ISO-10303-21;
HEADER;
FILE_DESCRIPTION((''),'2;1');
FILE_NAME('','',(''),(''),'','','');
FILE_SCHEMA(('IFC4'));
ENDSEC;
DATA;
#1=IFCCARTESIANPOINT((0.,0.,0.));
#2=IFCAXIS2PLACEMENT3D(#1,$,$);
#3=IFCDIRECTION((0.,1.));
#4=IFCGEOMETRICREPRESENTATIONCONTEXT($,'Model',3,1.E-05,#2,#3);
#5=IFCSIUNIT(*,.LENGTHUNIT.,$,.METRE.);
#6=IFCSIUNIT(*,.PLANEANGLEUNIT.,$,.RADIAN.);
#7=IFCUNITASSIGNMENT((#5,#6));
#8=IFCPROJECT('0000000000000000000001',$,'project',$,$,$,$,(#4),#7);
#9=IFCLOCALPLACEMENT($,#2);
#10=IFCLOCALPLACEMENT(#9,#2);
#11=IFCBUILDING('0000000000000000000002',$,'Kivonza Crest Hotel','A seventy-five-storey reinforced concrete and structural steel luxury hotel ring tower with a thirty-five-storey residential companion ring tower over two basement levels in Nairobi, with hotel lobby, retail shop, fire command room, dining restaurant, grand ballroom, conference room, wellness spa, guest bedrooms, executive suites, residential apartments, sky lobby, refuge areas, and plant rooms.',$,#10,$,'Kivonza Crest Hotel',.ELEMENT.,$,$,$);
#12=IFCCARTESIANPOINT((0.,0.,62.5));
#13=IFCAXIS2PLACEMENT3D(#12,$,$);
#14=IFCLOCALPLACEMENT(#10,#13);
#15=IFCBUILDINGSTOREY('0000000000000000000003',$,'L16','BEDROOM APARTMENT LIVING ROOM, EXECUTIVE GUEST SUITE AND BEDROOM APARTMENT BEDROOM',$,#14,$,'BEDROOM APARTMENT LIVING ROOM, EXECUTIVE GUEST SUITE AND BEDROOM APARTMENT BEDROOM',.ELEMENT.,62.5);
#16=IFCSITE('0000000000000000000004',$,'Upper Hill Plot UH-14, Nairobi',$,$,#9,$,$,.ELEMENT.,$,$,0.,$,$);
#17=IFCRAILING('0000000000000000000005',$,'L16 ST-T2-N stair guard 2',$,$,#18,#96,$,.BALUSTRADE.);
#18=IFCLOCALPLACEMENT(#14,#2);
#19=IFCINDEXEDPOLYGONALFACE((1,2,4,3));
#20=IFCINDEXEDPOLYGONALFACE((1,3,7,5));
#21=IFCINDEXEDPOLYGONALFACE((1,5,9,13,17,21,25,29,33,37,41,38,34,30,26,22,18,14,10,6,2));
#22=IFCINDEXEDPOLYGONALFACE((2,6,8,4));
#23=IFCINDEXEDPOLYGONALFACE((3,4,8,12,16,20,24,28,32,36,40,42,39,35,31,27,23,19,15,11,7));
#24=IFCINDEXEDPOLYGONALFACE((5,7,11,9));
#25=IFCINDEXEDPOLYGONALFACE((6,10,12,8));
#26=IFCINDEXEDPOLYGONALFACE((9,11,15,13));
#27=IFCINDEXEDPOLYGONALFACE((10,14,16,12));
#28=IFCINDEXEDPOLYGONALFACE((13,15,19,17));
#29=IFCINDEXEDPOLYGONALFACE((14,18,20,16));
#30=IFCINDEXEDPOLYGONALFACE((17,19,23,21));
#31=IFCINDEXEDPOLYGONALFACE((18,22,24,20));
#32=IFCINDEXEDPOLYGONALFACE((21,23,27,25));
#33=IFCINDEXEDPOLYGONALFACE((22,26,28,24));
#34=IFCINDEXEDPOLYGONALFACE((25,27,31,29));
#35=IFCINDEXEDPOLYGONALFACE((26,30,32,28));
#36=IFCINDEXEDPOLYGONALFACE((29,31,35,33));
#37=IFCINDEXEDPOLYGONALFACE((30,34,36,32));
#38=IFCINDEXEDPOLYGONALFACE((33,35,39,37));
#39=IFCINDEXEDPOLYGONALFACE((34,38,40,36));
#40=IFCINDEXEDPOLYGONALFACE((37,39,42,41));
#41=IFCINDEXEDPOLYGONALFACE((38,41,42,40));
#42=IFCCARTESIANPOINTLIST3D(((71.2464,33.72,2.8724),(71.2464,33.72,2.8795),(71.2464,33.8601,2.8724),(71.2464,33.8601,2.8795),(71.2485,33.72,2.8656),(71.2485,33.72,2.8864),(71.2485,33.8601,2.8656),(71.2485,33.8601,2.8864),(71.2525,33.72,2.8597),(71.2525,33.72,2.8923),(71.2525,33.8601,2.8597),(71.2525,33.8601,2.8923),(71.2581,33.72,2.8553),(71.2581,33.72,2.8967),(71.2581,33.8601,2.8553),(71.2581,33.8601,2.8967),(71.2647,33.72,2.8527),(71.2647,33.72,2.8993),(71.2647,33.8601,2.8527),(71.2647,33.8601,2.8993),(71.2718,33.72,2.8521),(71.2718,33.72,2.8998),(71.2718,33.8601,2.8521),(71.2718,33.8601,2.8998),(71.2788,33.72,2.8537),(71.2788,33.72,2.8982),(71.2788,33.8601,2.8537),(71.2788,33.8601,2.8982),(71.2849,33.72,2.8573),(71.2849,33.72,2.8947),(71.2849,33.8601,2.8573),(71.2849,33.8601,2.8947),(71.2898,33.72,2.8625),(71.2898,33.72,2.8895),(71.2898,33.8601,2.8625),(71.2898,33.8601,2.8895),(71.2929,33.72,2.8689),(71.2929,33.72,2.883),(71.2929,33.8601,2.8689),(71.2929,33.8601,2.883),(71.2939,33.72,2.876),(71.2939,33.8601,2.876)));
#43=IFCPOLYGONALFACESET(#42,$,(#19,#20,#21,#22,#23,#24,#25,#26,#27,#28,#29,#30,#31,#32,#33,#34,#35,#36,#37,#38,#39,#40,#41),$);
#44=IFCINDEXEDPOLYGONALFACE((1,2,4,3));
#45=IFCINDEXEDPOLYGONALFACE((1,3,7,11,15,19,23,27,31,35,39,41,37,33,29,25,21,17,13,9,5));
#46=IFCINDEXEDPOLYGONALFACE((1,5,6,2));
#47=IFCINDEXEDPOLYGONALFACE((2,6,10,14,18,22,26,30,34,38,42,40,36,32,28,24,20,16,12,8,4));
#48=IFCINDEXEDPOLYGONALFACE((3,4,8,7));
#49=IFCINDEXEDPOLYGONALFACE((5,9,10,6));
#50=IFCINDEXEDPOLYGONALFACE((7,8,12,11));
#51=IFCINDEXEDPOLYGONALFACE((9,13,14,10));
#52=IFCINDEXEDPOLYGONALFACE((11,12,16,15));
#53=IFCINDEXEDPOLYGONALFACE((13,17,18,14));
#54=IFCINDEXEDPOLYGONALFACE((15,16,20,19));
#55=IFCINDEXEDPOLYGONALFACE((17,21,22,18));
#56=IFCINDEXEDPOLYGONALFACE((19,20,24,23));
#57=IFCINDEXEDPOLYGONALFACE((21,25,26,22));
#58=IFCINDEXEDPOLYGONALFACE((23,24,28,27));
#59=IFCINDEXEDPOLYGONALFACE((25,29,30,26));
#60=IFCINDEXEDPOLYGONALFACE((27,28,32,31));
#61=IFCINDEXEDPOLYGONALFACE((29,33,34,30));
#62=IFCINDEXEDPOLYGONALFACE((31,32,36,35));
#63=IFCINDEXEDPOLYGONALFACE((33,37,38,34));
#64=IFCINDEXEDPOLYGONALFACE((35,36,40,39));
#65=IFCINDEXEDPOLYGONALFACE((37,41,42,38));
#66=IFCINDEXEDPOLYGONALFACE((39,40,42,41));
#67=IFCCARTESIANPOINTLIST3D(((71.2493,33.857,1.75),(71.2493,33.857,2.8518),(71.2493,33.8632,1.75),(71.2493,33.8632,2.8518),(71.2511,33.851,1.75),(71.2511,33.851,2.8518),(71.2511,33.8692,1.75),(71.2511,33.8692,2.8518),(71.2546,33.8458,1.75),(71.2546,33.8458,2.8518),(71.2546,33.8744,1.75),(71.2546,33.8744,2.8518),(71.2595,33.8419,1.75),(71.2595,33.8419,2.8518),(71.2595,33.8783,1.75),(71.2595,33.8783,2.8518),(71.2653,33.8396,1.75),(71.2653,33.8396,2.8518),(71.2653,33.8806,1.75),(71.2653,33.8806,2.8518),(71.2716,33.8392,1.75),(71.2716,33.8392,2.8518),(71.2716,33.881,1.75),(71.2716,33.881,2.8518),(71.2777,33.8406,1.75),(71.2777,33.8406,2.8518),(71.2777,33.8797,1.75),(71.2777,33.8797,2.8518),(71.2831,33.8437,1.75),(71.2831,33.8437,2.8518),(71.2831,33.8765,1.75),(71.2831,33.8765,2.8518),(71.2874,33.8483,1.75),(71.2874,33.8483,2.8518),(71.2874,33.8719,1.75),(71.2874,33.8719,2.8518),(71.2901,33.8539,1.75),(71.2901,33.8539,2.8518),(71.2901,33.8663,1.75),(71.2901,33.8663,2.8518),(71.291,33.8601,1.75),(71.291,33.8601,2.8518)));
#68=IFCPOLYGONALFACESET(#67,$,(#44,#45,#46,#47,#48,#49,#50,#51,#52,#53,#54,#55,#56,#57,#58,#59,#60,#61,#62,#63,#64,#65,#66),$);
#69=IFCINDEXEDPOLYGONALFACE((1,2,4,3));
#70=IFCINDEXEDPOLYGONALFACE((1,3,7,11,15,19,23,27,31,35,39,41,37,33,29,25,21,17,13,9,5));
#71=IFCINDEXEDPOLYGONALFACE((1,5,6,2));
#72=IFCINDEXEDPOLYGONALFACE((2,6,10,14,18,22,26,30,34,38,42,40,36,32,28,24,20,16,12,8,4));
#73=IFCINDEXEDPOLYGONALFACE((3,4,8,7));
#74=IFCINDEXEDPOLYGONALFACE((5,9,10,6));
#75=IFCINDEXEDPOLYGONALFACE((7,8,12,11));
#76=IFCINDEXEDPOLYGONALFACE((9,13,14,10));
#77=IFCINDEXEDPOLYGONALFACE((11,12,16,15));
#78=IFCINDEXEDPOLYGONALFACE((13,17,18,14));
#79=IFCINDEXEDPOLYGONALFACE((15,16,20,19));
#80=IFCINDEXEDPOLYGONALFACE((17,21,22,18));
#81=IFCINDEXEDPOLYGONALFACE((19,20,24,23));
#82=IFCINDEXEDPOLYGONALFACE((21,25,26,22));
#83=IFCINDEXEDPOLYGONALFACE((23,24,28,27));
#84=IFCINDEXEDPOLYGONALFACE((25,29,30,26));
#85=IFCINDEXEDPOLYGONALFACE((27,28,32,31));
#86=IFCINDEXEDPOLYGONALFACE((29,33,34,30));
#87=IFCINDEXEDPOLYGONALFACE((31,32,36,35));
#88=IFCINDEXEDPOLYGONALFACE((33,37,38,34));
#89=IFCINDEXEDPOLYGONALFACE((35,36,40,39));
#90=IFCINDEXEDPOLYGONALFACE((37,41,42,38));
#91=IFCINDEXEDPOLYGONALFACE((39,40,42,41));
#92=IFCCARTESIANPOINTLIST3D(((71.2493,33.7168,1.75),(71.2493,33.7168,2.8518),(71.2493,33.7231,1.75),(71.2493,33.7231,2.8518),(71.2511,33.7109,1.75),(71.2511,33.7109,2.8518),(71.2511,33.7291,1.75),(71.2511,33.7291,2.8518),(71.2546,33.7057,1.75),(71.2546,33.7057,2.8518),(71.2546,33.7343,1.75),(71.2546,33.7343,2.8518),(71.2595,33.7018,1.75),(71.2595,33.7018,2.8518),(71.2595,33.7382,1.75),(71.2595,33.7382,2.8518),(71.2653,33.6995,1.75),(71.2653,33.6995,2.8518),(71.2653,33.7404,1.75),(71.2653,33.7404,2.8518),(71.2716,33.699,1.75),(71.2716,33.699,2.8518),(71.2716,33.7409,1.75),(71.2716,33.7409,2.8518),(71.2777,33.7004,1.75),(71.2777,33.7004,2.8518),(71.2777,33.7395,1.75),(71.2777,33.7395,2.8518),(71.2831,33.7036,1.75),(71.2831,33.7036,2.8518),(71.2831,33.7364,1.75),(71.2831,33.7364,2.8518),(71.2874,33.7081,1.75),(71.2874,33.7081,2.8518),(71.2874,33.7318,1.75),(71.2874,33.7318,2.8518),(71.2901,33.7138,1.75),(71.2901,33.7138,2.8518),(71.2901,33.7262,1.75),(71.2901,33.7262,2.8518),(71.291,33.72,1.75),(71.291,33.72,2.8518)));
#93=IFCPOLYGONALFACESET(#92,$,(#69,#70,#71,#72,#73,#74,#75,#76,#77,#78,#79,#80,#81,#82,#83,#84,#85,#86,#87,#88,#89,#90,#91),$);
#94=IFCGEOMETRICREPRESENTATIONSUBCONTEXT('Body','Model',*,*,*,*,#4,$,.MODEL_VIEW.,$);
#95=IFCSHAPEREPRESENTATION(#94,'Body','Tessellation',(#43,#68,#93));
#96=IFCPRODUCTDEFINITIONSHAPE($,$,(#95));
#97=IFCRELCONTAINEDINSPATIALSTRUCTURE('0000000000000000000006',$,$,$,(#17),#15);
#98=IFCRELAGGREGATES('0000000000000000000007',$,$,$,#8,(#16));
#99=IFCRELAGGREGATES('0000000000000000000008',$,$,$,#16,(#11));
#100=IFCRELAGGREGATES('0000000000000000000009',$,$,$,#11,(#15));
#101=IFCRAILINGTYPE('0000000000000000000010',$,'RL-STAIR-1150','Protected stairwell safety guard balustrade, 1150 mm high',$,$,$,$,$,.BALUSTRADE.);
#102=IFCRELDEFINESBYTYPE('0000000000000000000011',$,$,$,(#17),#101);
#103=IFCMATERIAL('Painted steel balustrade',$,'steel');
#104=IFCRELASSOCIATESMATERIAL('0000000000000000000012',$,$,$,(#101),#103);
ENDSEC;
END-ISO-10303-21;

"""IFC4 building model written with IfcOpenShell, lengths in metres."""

from ifc_helpers import new_model, si_unit, direction, frame, origin, origin_2d, place, context, subcontext, project, spatial, circle, extrude, material, type_object, element, save


model = new_model("IFC4")

# Units and contexts
model_context = context("Model", 3, precision=1e-05, world=origin(), true_north=direction((0.0, 1.0)))
body_context = subcontext(model_context, "Body", "Model", "MODEL_VIEW")
ifc_project = project(units=[si_unit("LENGTHUNIT", "METRE"), si_unit("PLANEANGLEUNIT", "RADIAN")], contexts=[model_context])

# Site, building, storey
site_placement = place(None, origin())
site = spatial("IfcSite", under=ifc_project, at=site_placement, Name="Upper Hill Plot UH-14, Nairobi", CompositionType="ELEMENT", RefElevation=0.0)
building_placement = place(site_placement, origin())
building = spatial("IfcBuilding", under=site, at=building_placement, Name="Kivonza Crest Hotel", Description="A seventy-five-storey reinforced concrete and structural steel luxury hotel ring tower with a thirty-five-storey residential companion ring tower over two basement levels in Nairobi, with hotel lobby, retail shop, fire command room, dining restaurant, grand ballroom, conference room, wellness spa, guest bedrooms, executive suites, residential apartments, sky lobby, refuge areas, and plant rooms.", LongName="Kivonza Crest Hotel", CompositionType="ELEMENT")
storey_placement = place(building_placement, frame((0.0, 0.0, 62.5)))
storey = spatial("IfcBuildingStorey", under=building, at=storey_placement, Name="L16", Description="BEDROOM APARTMENT LIVING ROOM, EXECUTIVE GUEST SUITE AND BEDROOM APARTMENT BEDROOM", LongName="BEDROOM APARTMENT LIVING ROOM, EXECUTIVE GUEST SUITE AND BEDROOM APARTMENT BEDROOM", CompositionType="ELEMENT", Elevation=62.5)

# Railing
ifc_material_1 = material(Name="Painted steel balustrade", Category="steel")
railing_type_1 = type_object("IfcRailingType", Name="RL-STAIR-1150", Description="Protected stairwell safety guard balustrade, 1150 mm high", PredefinedType="BALUSTRADE", material=ifc_material_1)
railing_1_placement = place(storey_placement, frame((71.27, 33.8601, 1.75)))
element("IfcRailing", 1, at=railing_1_placement, inside=storey, type_object=railing_type_1, Name="L16 ST-T2-N stair guard 2", PredefinedType="BALUSTRADE", context=body_context, shape_type="SweptSolid", body=[
    extrude(circle(Radius=0.0239, at=origin_2d()), frame((0.0, 0.0, 1.126), z_axis=(0.0, -1.0, 0.0), x_axis=(1.0, 0.0, 0.0)), (0.0, 0.0, 1.0), 0.1401),
    extrude(circle(Radius=0.021, at=origin_2d()), origin(), (0.0, 0.0, 1.0), 1.1018),
    extrude(circle(Radius=0.021, at=origin_2d()), frame((0.0, -0.1401, 0.0)), (0.0, 0.0, 1.0), 1.1018),
])

save(model, "model.ifc")
